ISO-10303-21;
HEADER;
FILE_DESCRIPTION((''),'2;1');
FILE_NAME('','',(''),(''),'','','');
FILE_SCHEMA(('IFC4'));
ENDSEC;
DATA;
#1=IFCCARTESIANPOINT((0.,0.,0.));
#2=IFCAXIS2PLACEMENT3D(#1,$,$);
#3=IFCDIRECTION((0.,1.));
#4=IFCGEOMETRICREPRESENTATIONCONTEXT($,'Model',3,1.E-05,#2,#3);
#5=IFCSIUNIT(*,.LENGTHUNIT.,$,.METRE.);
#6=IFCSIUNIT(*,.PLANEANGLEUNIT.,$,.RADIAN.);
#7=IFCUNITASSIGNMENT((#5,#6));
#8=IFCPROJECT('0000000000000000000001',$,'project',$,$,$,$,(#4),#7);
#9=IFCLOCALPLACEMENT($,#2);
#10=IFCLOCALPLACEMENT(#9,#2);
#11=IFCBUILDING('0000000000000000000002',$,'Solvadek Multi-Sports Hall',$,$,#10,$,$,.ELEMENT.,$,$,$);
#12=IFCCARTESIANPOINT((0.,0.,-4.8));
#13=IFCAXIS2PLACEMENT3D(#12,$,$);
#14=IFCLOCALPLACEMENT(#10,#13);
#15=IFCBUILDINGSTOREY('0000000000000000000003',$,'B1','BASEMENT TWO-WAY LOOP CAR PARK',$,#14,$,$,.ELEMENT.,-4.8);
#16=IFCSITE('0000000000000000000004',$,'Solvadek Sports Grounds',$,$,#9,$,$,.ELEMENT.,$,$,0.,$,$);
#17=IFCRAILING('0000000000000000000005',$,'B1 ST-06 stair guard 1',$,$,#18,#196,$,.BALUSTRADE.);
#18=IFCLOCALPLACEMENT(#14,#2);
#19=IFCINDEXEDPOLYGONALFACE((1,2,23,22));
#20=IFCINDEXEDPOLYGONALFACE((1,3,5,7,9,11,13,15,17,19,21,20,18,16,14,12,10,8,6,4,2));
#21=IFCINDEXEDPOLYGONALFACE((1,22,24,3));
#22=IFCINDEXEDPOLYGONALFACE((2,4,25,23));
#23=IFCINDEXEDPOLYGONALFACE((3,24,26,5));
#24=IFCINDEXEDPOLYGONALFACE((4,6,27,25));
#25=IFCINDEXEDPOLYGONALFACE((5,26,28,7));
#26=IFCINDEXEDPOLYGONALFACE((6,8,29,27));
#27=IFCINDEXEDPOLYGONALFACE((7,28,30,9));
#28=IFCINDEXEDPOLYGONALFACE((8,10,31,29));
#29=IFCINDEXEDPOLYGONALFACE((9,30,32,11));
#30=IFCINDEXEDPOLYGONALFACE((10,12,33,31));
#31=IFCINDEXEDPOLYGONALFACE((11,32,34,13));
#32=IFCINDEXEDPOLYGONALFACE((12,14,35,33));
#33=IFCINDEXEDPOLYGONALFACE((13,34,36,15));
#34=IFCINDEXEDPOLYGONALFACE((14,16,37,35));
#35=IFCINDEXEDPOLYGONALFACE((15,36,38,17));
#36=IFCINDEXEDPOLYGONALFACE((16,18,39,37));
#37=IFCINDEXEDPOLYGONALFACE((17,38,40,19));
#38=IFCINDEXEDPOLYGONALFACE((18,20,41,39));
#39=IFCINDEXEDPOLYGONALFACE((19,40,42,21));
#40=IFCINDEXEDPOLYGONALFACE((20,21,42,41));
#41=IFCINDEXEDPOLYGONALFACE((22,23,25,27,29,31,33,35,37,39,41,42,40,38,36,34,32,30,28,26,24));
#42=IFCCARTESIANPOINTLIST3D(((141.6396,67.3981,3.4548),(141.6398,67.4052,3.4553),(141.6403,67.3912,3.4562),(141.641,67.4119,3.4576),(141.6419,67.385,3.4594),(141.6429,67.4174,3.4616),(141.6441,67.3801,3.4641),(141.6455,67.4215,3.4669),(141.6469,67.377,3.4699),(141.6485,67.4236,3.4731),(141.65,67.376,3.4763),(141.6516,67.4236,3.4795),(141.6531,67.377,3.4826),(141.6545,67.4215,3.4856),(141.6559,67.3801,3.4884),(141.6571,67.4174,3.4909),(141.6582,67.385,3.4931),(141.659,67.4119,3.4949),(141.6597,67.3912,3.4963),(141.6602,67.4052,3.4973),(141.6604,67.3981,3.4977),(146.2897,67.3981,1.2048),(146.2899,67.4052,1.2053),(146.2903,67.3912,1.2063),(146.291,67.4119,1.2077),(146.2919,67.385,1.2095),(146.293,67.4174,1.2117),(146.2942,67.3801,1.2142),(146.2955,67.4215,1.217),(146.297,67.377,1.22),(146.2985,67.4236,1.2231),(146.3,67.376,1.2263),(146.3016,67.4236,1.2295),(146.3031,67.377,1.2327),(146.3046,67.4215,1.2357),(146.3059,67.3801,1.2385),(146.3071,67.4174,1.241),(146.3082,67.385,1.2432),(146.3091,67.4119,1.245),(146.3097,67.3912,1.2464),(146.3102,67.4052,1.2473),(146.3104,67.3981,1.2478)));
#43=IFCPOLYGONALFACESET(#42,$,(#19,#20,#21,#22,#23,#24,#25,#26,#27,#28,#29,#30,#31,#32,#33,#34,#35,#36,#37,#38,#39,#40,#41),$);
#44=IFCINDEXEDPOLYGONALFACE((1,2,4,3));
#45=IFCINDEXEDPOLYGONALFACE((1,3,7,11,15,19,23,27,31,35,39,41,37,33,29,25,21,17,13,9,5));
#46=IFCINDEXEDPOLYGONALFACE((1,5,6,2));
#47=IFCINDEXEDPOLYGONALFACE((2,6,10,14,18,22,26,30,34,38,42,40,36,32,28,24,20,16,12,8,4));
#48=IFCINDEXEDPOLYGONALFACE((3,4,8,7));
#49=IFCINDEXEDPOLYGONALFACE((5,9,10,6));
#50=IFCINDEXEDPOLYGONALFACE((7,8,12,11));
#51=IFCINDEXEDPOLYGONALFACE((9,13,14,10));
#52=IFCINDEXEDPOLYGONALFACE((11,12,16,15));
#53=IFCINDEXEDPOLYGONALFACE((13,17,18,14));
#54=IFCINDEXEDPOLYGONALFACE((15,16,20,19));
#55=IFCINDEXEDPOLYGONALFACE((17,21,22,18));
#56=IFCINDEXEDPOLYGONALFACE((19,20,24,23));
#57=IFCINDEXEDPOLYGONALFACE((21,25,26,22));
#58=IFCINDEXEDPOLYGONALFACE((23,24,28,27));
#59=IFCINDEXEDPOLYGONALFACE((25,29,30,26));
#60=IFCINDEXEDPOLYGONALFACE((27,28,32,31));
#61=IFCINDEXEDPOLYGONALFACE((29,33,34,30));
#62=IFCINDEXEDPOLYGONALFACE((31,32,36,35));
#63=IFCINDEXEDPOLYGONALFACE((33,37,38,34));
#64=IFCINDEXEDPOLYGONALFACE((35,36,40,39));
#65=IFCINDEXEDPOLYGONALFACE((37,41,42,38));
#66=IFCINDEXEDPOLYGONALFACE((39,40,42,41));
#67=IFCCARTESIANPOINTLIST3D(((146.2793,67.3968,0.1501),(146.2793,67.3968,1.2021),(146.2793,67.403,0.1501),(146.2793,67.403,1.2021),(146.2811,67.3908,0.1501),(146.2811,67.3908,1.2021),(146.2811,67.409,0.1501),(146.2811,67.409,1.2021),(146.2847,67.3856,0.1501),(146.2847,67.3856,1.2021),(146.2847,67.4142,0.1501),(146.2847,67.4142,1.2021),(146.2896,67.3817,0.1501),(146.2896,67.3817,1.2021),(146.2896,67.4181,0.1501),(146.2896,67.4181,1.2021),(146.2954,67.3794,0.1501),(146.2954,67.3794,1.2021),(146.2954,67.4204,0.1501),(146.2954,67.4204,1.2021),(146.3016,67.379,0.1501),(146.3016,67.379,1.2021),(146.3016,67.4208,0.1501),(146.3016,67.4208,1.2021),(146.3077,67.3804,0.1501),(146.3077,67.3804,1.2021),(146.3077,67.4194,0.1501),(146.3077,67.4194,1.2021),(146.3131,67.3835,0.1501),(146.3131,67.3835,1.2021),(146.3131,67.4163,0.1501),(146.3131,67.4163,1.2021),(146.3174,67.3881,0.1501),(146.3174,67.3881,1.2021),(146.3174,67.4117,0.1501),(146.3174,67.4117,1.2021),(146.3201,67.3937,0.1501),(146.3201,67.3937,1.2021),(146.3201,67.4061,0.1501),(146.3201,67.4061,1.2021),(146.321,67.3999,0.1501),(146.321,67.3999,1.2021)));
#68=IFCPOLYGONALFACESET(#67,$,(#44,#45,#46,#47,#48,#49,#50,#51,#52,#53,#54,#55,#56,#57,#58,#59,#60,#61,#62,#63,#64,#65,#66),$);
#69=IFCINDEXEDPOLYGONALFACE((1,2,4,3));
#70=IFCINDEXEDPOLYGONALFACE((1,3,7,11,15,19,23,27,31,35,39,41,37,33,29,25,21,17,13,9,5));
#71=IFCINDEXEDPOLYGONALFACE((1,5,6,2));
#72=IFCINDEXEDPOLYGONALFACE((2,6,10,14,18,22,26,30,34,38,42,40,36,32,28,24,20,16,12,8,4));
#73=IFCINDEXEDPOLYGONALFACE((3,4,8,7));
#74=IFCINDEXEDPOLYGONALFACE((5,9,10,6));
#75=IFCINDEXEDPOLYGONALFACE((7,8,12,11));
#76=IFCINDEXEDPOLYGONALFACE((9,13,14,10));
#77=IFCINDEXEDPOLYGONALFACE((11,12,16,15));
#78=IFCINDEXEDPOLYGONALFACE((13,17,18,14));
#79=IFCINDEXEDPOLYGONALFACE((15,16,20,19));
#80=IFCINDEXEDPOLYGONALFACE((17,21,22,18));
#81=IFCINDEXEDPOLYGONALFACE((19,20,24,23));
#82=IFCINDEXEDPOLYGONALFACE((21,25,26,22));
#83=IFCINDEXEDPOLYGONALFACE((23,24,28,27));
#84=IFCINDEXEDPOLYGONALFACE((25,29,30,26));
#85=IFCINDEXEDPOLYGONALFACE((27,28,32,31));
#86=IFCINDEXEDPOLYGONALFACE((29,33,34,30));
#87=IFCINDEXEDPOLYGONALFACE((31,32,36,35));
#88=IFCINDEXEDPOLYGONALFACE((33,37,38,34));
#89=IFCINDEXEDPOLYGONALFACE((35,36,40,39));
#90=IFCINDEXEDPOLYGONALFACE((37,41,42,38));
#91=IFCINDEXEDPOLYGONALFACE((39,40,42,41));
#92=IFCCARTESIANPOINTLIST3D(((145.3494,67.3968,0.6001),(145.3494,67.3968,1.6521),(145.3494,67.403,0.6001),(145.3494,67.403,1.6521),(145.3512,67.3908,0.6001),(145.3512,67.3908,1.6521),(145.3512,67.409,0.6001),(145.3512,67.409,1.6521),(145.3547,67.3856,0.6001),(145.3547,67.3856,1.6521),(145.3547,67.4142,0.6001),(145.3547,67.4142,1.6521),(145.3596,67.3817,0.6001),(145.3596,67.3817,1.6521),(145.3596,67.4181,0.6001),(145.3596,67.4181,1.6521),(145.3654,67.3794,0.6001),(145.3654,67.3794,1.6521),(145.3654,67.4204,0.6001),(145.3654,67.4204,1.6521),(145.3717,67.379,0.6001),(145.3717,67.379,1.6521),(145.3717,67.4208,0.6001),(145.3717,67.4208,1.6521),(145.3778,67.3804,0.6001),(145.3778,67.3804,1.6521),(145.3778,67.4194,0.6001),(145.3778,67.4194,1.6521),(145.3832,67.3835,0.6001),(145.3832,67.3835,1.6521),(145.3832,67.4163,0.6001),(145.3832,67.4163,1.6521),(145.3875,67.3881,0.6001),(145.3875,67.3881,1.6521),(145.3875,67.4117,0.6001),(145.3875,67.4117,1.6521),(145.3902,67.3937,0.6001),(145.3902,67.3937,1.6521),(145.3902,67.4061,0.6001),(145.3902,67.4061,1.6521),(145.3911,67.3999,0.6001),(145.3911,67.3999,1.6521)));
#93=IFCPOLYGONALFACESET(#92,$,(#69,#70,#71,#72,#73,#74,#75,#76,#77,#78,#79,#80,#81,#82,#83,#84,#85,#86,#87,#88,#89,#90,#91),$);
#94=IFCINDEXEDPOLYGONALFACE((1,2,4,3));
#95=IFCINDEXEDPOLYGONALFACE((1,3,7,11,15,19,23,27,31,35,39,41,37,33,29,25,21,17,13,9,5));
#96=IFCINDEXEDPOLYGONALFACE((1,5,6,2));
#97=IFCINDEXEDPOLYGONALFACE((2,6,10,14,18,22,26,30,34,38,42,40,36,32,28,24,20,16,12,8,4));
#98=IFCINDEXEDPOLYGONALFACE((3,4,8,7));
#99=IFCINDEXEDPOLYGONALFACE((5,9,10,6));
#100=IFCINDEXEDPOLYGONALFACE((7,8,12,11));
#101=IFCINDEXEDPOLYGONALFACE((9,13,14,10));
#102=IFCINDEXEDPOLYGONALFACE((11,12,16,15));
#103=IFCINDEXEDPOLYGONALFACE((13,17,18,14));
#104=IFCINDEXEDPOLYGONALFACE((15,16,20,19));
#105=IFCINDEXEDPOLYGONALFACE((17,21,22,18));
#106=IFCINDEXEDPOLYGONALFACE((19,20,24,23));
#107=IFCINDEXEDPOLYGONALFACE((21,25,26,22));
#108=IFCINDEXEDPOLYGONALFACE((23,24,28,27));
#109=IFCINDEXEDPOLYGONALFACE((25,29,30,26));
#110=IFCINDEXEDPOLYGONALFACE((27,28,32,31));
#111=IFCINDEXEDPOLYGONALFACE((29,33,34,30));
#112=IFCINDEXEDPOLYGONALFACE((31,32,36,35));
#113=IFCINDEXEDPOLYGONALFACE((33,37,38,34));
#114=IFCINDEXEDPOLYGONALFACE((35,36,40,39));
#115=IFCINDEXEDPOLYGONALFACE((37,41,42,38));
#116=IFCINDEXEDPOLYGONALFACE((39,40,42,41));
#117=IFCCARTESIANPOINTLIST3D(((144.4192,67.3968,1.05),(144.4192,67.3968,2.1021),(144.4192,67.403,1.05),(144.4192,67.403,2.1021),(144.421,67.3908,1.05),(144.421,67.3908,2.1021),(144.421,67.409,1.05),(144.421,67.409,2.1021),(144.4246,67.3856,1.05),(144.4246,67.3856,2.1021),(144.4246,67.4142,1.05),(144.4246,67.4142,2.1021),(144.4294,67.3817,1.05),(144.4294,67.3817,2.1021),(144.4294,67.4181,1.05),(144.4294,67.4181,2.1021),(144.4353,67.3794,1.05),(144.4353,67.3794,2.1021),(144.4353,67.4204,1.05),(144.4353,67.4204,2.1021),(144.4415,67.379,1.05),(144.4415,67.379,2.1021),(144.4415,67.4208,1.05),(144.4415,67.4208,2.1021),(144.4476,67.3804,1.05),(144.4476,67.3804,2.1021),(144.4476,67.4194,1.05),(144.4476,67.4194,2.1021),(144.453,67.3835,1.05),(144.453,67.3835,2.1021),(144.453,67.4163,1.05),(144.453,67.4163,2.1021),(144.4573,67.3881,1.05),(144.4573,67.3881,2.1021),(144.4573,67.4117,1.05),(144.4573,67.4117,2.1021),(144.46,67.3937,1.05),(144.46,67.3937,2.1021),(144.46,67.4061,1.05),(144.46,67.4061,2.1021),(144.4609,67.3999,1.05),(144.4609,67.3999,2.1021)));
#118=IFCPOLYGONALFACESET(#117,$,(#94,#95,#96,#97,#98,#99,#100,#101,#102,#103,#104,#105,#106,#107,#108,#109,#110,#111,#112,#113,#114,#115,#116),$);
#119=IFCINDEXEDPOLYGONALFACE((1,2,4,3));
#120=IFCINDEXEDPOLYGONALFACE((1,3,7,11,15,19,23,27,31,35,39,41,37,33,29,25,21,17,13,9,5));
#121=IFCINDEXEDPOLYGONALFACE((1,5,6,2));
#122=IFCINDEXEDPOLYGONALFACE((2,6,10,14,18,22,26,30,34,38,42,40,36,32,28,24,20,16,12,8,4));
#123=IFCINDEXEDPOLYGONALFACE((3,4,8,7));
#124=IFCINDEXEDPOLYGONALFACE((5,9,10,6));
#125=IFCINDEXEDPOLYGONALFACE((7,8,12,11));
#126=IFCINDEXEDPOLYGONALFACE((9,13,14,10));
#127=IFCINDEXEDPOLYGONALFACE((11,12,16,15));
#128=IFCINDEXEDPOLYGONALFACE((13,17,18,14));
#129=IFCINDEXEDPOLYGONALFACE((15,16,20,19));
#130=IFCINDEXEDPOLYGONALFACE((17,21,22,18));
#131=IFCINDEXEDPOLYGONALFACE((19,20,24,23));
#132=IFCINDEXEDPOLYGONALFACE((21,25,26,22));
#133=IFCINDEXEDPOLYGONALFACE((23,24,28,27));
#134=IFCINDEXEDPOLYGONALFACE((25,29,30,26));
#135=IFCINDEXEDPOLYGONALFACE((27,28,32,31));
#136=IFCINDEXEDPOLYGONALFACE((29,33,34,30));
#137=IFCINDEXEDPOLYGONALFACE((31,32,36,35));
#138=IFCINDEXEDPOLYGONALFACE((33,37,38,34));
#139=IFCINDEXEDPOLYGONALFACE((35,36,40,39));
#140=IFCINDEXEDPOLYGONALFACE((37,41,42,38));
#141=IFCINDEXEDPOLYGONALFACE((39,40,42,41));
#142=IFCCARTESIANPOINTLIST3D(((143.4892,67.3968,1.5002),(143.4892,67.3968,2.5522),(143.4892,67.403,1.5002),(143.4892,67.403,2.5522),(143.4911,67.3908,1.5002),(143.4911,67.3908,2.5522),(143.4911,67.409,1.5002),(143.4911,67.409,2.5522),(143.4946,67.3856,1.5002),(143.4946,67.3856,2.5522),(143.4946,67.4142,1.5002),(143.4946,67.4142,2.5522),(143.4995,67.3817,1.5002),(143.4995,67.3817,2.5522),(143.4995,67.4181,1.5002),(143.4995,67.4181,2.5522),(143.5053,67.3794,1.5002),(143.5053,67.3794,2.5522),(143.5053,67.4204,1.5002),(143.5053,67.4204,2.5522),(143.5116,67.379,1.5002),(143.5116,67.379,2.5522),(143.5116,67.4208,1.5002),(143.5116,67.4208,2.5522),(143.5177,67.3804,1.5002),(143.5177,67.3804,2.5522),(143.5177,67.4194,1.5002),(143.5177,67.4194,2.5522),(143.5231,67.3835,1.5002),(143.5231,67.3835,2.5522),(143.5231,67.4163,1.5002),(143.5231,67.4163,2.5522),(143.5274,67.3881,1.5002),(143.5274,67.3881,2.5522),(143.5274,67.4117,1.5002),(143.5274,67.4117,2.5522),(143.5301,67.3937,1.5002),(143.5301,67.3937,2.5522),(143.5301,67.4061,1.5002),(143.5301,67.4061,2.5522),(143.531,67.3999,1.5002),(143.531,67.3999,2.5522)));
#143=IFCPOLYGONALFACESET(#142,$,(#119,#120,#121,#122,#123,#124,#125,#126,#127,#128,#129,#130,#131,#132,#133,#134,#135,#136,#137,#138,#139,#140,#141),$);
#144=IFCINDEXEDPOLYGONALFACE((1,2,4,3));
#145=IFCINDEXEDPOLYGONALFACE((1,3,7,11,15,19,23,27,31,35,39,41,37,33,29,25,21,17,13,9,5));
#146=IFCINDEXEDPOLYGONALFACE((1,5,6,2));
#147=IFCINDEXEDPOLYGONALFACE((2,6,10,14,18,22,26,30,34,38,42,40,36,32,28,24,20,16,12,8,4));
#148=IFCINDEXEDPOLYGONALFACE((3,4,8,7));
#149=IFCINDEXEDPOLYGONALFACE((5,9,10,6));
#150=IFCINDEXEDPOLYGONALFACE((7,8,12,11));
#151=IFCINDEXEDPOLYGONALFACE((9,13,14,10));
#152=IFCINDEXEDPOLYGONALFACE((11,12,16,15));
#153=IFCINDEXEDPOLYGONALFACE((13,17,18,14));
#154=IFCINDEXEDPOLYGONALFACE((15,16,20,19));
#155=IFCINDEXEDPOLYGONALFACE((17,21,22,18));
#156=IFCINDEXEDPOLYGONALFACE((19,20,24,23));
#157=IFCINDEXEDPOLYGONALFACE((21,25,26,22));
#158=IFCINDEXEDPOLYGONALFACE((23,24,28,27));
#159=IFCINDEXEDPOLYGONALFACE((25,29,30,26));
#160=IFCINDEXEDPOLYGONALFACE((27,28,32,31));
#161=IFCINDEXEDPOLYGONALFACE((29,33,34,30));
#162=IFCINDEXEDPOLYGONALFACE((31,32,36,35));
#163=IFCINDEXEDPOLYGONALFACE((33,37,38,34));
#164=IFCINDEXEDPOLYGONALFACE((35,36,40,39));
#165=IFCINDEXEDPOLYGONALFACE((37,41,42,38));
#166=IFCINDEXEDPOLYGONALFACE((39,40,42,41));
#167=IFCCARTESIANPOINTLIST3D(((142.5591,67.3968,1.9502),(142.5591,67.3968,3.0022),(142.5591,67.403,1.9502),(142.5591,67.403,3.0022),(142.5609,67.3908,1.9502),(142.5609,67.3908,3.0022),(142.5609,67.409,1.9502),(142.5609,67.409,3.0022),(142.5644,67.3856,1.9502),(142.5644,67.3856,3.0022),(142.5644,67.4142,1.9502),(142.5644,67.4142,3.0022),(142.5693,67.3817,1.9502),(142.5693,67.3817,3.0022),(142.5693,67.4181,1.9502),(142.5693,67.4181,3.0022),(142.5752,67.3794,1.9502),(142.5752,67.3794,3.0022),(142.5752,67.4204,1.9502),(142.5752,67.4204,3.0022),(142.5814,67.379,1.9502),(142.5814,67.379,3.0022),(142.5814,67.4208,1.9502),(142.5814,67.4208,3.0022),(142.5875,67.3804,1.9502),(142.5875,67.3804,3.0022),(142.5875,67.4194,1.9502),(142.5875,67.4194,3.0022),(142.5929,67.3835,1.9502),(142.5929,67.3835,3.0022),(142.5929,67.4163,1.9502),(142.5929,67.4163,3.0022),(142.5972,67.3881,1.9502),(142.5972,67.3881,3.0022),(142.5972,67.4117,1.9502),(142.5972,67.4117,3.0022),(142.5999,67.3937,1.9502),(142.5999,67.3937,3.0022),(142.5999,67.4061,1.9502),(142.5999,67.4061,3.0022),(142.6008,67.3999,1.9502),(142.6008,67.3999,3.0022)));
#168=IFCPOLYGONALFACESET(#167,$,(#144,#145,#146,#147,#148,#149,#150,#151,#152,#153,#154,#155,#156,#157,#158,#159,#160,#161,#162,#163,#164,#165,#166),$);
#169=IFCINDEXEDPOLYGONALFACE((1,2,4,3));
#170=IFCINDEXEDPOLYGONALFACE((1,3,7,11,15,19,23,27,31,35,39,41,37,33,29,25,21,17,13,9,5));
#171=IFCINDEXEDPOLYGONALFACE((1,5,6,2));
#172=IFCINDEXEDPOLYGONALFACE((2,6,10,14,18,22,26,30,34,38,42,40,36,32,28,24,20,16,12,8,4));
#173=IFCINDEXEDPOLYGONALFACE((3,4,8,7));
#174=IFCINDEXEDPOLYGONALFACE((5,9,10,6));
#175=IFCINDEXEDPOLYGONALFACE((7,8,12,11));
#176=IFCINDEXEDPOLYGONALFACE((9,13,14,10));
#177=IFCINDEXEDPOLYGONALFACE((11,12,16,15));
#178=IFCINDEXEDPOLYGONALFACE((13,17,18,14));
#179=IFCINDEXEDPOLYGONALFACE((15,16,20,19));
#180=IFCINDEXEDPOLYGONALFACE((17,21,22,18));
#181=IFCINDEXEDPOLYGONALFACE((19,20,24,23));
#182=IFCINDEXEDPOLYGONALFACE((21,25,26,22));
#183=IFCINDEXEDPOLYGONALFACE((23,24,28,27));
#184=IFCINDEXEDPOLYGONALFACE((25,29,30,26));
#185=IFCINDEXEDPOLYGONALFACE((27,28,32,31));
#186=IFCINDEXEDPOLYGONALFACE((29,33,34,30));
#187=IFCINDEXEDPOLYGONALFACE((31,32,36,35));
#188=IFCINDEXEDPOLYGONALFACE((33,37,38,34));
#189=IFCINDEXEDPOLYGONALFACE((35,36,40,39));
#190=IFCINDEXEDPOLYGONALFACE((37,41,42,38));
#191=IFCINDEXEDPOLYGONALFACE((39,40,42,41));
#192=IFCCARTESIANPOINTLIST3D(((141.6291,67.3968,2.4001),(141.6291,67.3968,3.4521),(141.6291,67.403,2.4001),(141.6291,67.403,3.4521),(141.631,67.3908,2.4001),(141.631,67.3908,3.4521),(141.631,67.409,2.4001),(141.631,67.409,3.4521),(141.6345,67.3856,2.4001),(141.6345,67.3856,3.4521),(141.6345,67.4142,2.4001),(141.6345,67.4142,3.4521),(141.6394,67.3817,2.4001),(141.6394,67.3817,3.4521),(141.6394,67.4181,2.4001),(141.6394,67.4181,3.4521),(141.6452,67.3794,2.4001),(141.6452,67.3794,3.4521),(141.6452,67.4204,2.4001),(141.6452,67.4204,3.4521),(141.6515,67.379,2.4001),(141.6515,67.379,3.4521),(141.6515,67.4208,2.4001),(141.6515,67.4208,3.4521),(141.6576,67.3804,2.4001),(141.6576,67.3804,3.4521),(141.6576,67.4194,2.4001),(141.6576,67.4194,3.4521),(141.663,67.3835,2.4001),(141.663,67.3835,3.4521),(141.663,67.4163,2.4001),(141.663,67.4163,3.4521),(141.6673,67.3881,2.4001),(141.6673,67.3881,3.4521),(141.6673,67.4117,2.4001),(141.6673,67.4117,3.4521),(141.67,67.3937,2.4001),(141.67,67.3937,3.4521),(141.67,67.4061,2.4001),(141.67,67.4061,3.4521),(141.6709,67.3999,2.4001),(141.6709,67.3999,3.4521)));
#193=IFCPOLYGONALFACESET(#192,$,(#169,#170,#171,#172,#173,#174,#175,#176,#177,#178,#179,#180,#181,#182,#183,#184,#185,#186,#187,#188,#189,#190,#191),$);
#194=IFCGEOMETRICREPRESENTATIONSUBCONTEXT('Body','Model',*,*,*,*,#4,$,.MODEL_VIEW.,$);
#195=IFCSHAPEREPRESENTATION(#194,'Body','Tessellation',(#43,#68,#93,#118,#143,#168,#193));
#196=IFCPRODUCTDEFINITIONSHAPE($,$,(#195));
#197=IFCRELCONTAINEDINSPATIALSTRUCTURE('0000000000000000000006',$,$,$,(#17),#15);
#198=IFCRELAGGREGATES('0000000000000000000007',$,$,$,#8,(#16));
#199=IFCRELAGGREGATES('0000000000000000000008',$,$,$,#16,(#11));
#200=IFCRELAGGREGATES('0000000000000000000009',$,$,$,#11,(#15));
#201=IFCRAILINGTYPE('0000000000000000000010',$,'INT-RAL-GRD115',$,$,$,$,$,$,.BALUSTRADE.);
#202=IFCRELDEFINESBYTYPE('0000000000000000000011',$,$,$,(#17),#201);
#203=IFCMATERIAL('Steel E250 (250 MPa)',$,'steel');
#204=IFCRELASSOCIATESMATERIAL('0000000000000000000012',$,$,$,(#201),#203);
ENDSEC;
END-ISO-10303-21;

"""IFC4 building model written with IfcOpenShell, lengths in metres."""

from ifc_helpers import new_model, si_unit, direction, frame, origin, origin_2d, place, context, subcontext, project, spatial, circle, extrude, material, type_object, element, save


model = new_model("IFC4")

# Units and contexts
model_context = context("Model", 3, precision=1e-05, world=origin(), true_north=direction((0.0, 1.0)))
body_context = subcontext(model_context, "Body", "Model", "MODEL_VIEW")
ifc_project = project(units=[si_unit("LENGTHUNIT", "METRE"), si_unit("PLANEANGLEUNIT", "RADIAN")], contexts=[model_context])

# Site, building, storey
site_placement = place(None, origin())
site = spatial("IfcSite", under=ifc_project, at=site_placement, Name="Solvadek Sports Grounds", CompositionType="ELEMENT", RefElevation=0.0)
building_placement = place(site_placement, origin())
building = spatial("IfcBuilding", under=site, at=building_placement, Name="Solvadek Multi-Sports Hall", CompositionType="ELEMENT")
storey_placement = place(building_placement, frame((0.0, 0.0, -4.8)))
storey = spatial("IfcBuildingStorey", under=building, at=storey_placement, Name="B1", Description="BASEMENT TWO-WAY LOOP CAR PARK", CompositionType="ELEMENT", Elevation=-4.8)

# Railing
ifc_material_1 = material(Name="Steel E250 (250 MPa)", Category="steel")
railing_type_1 = type_object("IfcRailingType", Name="INT-RAL-GRD115", PredefinedType="BALUSTRADE", material=ifc_material_1)
railing_1_placement = place(storey_placement, frame((146.3, 67.3999, 0.1501)))
element("IfcRailing", 1, at=railing_1_placement, inside=storey, type_object=railing_type_1, Name="B1 ST-06 stair guard 1", PredefinedType="BALUSTRADE", context=body_context, shape_type="SweptSolid", body=[
    extrude(circle(Radius=0.0239, at=origin_2d()), frame((0.0, 0.0, 1.0762), z_axis=(-0.900165, 0.0, 0.43555), x_axis=(0.0, -1.0, 0.0)), (0.0, 0.0, 1.0), 5.1658),
    extrude(circle(Radius=0.021, at=origin_2d()), origin(), (0.0, 0.0, 1.0), 1.052),
    extrude(circle(Radius=0.021, at=origin_2d()), frame((-0.9299, 0.0, 0.45)), (0.0, 0.0, 1.0), 1.052),
    extrude(circle(Radius=0.021, at=origin_2d()), frame((-1.8601, 0.0, 0.8999)), (0.0, 0.0, 1.0), 1.052),
    extrude(circle(Radius=0.021, at=origin_2d()), frame((-2.79, 0.0, 1.3501)), (0.0, 0.0, 1.0), 1.052),
    extrude(circle(Radius=0.021, at=origin_2d()), frame((-3.7202, 0.0, 1.8)), (0.0, 0.0, 1.0), 1.052),
    extrude(circle(Radius=0.021, at=origin_2d()), frame((-4.6501, 0.0, 2.25)), (0.0, 0.0, 1.0), 1.052),
])

save(model, "model.ifc")
